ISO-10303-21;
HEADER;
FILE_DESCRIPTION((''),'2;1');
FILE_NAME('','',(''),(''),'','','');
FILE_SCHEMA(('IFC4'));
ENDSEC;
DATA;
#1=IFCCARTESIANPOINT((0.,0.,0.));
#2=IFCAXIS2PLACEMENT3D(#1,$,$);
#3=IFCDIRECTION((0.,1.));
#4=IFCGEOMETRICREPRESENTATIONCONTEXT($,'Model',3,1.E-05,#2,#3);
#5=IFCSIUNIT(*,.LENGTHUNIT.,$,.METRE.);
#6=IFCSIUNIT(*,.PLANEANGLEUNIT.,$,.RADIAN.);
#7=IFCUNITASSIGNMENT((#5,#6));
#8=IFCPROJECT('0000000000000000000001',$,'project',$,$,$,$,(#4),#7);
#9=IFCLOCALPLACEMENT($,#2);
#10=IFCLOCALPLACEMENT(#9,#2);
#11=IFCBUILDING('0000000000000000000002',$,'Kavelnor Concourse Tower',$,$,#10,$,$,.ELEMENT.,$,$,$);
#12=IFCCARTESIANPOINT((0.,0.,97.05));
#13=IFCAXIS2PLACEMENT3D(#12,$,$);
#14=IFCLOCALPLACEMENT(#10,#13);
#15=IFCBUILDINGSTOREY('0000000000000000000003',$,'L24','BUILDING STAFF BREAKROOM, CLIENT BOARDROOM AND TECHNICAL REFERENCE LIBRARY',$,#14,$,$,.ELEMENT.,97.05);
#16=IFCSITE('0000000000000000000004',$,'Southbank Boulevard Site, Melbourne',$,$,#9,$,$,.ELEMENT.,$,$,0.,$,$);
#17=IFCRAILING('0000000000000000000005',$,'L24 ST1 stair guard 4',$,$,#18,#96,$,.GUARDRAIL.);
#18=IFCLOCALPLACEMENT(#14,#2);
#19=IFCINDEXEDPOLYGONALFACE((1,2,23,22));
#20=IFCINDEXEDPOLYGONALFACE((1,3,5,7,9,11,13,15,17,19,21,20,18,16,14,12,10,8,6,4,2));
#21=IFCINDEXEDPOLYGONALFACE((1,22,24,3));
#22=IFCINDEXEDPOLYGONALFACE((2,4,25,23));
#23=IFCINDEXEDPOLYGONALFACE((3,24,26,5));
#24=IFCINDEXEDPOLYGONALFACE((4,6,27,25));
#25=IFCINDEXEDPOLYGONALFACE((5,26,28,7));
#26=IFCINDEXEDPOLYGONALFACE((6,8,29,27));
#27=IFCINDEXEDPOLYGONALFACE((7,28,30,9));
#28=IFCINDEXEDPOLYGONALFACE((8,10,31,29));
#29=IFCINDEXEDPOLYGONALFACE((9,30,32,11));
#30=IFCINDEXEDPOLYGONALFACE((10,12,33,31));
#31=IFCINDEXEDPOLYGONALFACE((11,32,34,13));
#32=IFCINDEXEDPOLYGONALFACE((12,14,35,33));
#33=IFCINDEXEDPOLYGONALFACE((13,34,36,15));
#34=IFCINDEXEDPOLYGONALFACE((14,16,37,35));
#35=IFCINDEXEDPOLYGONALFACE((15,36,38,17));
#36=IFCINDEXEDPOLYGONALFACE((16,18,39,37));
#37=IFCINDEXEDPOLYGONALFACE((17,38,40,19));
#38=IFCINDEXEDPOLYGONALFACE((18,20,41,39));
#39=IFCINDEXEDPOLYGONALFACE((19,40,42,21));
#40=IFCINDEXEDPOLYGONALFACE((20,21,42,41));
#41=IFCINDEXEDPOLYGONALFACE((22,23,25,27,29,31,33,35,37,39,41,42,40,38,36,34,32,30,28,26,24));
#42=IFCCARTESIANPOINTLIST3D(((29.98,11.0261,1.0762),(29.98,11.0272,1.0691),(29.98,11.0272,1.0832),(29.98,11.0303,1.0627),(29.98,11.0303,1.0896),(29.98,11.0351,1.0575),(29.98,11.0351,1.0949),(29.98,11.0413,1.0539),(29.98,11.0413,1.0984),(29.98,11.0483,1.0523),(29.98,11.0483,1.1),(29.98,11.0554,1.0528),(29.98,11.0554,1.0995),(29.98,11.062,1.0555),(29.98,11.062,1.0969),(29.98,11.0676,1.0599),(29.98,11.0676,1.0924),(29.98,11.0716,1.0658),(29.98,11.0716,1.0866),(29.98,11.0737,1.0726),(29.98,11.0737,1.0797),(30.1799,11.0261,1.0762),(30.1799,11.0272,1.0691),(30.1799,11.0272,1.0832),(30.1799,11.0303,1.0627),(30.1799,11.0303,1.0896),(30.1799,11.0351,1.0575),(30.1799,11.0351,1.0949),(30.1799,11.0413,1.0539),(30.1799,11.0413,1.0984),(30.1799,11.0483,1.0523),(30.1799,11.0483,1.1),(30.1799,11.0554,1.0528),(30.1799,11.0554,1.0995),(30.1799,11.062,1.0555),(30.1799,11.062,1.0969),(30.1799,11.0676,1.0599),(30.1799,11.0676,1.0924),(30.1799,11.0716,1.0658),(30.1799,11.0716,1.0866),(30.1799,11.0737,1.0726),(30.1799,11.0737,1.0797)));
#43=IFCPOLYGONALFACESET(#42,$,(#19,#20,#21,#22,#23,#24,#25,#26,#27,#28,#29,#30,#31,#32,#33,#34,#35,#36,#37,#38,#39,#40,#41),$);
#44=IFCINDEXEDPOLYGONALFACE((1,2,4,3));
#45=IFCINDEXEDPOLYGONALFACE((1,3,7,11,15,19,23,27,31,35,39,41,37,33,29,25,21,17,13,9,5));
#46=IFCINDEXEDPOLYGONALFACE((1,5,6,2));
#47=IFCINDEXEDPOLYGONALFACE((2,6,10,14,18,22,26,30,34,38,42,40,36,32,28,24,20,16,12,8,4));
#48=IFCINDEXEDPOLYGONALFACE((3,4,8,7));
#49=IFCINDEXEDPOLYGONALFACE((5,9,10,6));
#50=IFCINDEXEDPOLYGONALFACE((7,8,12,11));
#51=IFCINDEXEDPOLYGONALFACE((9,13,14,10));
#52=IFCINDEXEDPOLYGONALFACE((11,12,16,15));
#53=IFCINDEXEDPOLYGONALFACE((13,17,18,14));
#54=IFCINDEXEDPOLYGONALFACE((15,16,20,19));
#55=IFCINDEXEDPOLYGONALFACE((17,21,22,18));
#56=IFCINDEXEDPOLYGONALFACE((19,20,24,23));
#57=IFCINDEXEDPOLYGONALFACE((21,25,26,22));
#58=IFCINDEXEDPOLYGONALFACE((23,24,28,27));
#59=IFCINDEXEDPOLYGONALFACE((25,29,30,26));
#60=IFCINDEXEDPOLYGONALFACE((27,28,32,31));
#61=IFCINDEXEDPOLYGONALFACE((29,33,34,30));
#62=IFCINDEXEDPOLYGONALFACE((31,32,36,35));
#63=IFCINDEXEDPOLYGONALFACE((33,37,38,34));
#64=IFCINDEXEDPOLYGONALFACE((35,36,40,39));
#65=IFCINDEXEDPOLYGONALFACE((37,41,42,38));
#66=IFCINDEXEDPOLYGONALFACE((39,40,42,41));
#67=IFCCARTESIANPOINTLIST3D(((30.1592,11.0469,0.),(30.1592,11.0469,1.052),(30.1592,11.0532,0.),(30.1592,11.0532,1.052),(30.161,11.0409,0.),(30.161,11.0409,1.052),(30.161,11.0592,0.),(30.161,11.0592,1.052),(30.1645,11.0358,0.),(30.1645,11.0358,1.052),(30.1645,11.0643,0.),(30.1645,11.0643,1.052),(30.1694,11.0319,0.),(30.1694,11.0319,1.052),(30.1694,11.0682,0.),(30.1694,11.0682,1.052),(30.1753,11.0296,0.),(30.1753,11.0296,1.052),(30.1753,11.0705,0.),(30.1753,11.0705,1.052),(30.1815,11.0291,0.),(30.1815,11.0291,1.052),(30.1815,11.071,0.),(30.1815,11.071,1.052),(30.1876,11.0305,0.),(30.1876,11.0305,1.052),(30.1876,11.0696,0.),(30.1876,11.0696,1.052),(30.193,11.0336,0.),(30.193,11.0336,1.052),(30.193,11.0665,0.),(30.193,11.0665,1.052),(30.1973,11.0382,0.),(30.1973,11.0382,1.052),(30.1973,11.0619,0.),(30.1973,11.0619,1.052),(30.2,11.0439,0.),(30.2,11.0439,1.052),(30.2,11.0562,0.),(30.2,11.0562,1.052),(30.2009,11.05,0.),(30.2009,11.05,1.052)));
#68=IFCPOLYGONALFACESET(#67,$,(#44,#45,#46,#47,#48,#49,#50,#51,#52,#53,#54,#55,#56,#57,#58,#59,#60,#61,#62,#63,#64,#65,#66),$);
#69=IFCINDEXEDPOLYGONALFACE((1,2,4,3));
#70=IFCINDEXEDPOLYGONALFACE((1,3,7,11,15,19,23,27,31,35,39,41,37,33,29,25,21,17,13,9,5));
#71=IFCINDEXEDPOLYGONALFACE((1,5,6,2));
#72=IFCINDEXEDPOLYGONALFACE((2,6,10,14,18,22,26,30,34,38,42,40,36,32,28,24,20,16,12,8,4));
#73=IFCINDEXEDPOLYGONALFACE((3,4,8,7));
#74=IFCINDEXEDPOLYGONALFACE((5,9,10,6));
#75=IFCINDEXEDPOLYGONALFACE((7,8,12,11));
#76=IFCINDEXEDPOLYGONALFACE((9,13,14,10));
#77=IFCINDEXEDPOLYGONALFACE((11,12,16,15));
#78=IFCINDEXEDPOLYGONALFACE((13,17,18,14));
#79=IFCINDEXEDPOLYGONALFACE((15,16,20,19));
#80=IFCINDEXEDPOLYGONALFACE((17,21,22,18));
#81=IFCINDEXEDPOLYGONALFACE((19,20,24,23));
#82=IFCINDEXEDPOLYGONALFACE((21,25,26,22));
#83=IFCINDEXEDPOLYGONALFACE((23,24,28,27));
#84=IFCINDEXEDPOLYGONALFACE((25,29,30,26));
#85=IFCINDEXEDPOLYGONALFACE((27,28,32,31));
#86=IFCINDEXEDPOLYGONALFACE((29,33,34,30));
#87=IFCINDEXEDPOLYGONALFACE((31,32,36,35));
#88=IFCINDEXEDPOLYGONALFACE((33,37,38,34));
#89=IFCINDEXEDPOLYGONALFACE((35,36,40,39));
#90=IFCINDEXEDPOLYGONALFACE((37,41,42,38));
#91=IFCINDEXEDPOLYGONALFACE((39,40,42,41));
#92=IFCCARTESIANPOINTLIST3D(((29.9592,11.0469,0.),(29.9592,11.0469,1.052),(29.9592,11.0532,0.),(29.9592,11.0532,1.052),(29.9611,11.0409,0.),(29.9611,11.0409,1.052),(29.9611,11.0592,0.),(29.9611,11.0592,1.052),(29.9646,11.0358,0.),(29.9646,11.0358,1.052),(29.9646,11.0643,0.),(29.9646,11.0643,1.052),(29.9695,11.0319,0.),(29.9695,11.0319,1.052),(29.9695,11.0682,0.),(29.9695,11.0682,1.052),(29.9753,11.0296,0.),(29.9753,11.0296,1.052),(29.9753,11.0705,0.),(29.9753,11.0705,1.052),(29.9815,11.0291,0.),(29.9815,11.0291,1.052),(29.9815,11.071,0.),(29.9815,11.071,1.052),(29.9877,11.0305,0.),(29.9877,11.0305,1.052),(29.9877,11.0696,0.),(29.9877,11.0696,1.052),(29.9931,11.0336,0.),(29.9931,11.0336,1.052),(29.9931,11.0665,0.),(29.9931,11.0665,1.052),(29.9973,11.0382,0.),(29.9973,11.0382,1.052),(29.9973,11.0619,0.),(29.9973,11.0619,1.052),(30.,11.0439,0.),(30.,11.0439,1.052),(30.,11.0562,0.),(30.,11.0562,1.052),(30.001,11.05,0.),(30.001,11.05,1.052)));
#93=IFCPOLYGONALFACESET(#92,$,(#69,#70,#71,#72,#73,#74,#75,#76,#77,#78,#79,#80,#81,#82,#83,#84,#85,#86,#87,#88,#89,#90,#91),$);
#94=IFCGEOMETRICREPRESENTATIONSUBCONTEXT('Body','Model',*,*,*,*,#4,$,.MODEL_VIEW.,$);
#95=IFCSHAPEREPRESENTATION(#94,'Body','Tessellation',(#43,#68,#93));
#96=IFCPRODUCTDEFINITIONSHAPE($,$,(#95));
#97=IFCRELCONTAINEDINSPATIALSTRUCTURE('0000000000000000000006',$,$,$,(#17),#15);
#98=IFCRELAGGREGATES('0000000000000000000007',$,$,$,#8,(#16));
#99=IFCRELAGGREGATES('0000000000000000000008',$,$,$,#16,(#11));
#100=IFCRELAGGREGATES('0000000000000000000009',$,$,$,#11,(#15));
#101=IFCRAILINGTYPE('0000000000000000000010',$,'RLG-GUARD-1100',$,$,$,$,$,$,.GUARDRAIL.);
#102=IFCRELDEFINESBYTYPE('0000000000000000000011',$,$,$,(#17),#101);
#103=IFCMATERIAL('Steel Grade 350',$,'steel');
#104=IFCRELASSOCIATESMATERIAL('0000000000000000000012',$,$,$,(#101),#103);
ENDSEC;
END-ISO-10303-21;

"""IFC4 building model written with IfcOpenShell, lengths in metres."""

from ifc_helpers import new_model, si_unit, direction, frame, origin, origin_2d, place, context, subcontext, project, spatial, circle, extrude, material, type_object, element, save


model = new_model("IFC4")

# Units and contexts
model_context = context("Model", 3, precision=1e-05, world=origin(), true_north=direction((0.0, 1.0)))
body_context = subcontext(model_context, "Body", "Model", "MODEL_VIEW")
ifc_project = project(units=[si_unit("LENGTHUNIT", "METRE"), si_unit("PLANEANGLEUNIT", "RADIAN")], contexts=[model_context])

# Site, building, storey
site_placement = place(None, origin())
site = spatial("IfcSite", under=ifc_project, at=site_placement, Name="Southbank Boulevard Site, Melbourne", CompositionType="ELEMENT", RefElevation=0.0)
building_placement = place(site_placement, origin())
building = spatial("IfcBuilding", under=site, at=building_placement, Name="Kavelnor Concourse Tower", CompositionType="ELEMENT")
storey_placement = place(building_placement, frame((0.0, 0.0, 97.05)))
storey = spatial("IfcBuildingStorey", under=building, at=storey_placement, Name="L24", Description="BUILDING STAFF BREAKROOM, CLIENT BOARDROOM AND TECHNICAL REFERENCE LIBRARY", CompositionType="ELEMENT", Elevation=97.05)

# Shared definitions
ifc_material_1 = material(Name="Steel Grade 350", Category="steel")

# Railing
railing_type_1 = type_object("IfcRailingType", Name="RLG-GUARD-1100", PredefinedType="GUARDRAIL", material=ifc_material_1)
railing_1_placement = place(storey_placement, frame((30.1799, 11.05, 0.0)))
element("IfcRailing", 1, at=railing_1_placement, inside=storey, type_object=railing_type_1, Name="L24 ST1 stair guard 4", PredefinedType="GUARDRAIL", context=body_context, shape_type="SweptSolid", body=[
    extrude(circle(Radius=0.0239, at=origin_2d()), frame((0.0, 0.0, 1.0762), z_axis=(-1.0, 0.0, 0.0), x_axis=(0.0, -1.0, 0.0)), (0.0, 0.0, 1.0), 0.2),
    extrude(circle(Radius=0.021, at=origin_2d()), origin(), (0.0, 0.0, 1.0), 1.052),
    extrude(circle(Radius=0.021, at=origin_2d()), frame((-0.2, 0.0, 0.0)), (0.0, 0.0, 1.0), 1.052),
])

save(model, "model.ifc")
